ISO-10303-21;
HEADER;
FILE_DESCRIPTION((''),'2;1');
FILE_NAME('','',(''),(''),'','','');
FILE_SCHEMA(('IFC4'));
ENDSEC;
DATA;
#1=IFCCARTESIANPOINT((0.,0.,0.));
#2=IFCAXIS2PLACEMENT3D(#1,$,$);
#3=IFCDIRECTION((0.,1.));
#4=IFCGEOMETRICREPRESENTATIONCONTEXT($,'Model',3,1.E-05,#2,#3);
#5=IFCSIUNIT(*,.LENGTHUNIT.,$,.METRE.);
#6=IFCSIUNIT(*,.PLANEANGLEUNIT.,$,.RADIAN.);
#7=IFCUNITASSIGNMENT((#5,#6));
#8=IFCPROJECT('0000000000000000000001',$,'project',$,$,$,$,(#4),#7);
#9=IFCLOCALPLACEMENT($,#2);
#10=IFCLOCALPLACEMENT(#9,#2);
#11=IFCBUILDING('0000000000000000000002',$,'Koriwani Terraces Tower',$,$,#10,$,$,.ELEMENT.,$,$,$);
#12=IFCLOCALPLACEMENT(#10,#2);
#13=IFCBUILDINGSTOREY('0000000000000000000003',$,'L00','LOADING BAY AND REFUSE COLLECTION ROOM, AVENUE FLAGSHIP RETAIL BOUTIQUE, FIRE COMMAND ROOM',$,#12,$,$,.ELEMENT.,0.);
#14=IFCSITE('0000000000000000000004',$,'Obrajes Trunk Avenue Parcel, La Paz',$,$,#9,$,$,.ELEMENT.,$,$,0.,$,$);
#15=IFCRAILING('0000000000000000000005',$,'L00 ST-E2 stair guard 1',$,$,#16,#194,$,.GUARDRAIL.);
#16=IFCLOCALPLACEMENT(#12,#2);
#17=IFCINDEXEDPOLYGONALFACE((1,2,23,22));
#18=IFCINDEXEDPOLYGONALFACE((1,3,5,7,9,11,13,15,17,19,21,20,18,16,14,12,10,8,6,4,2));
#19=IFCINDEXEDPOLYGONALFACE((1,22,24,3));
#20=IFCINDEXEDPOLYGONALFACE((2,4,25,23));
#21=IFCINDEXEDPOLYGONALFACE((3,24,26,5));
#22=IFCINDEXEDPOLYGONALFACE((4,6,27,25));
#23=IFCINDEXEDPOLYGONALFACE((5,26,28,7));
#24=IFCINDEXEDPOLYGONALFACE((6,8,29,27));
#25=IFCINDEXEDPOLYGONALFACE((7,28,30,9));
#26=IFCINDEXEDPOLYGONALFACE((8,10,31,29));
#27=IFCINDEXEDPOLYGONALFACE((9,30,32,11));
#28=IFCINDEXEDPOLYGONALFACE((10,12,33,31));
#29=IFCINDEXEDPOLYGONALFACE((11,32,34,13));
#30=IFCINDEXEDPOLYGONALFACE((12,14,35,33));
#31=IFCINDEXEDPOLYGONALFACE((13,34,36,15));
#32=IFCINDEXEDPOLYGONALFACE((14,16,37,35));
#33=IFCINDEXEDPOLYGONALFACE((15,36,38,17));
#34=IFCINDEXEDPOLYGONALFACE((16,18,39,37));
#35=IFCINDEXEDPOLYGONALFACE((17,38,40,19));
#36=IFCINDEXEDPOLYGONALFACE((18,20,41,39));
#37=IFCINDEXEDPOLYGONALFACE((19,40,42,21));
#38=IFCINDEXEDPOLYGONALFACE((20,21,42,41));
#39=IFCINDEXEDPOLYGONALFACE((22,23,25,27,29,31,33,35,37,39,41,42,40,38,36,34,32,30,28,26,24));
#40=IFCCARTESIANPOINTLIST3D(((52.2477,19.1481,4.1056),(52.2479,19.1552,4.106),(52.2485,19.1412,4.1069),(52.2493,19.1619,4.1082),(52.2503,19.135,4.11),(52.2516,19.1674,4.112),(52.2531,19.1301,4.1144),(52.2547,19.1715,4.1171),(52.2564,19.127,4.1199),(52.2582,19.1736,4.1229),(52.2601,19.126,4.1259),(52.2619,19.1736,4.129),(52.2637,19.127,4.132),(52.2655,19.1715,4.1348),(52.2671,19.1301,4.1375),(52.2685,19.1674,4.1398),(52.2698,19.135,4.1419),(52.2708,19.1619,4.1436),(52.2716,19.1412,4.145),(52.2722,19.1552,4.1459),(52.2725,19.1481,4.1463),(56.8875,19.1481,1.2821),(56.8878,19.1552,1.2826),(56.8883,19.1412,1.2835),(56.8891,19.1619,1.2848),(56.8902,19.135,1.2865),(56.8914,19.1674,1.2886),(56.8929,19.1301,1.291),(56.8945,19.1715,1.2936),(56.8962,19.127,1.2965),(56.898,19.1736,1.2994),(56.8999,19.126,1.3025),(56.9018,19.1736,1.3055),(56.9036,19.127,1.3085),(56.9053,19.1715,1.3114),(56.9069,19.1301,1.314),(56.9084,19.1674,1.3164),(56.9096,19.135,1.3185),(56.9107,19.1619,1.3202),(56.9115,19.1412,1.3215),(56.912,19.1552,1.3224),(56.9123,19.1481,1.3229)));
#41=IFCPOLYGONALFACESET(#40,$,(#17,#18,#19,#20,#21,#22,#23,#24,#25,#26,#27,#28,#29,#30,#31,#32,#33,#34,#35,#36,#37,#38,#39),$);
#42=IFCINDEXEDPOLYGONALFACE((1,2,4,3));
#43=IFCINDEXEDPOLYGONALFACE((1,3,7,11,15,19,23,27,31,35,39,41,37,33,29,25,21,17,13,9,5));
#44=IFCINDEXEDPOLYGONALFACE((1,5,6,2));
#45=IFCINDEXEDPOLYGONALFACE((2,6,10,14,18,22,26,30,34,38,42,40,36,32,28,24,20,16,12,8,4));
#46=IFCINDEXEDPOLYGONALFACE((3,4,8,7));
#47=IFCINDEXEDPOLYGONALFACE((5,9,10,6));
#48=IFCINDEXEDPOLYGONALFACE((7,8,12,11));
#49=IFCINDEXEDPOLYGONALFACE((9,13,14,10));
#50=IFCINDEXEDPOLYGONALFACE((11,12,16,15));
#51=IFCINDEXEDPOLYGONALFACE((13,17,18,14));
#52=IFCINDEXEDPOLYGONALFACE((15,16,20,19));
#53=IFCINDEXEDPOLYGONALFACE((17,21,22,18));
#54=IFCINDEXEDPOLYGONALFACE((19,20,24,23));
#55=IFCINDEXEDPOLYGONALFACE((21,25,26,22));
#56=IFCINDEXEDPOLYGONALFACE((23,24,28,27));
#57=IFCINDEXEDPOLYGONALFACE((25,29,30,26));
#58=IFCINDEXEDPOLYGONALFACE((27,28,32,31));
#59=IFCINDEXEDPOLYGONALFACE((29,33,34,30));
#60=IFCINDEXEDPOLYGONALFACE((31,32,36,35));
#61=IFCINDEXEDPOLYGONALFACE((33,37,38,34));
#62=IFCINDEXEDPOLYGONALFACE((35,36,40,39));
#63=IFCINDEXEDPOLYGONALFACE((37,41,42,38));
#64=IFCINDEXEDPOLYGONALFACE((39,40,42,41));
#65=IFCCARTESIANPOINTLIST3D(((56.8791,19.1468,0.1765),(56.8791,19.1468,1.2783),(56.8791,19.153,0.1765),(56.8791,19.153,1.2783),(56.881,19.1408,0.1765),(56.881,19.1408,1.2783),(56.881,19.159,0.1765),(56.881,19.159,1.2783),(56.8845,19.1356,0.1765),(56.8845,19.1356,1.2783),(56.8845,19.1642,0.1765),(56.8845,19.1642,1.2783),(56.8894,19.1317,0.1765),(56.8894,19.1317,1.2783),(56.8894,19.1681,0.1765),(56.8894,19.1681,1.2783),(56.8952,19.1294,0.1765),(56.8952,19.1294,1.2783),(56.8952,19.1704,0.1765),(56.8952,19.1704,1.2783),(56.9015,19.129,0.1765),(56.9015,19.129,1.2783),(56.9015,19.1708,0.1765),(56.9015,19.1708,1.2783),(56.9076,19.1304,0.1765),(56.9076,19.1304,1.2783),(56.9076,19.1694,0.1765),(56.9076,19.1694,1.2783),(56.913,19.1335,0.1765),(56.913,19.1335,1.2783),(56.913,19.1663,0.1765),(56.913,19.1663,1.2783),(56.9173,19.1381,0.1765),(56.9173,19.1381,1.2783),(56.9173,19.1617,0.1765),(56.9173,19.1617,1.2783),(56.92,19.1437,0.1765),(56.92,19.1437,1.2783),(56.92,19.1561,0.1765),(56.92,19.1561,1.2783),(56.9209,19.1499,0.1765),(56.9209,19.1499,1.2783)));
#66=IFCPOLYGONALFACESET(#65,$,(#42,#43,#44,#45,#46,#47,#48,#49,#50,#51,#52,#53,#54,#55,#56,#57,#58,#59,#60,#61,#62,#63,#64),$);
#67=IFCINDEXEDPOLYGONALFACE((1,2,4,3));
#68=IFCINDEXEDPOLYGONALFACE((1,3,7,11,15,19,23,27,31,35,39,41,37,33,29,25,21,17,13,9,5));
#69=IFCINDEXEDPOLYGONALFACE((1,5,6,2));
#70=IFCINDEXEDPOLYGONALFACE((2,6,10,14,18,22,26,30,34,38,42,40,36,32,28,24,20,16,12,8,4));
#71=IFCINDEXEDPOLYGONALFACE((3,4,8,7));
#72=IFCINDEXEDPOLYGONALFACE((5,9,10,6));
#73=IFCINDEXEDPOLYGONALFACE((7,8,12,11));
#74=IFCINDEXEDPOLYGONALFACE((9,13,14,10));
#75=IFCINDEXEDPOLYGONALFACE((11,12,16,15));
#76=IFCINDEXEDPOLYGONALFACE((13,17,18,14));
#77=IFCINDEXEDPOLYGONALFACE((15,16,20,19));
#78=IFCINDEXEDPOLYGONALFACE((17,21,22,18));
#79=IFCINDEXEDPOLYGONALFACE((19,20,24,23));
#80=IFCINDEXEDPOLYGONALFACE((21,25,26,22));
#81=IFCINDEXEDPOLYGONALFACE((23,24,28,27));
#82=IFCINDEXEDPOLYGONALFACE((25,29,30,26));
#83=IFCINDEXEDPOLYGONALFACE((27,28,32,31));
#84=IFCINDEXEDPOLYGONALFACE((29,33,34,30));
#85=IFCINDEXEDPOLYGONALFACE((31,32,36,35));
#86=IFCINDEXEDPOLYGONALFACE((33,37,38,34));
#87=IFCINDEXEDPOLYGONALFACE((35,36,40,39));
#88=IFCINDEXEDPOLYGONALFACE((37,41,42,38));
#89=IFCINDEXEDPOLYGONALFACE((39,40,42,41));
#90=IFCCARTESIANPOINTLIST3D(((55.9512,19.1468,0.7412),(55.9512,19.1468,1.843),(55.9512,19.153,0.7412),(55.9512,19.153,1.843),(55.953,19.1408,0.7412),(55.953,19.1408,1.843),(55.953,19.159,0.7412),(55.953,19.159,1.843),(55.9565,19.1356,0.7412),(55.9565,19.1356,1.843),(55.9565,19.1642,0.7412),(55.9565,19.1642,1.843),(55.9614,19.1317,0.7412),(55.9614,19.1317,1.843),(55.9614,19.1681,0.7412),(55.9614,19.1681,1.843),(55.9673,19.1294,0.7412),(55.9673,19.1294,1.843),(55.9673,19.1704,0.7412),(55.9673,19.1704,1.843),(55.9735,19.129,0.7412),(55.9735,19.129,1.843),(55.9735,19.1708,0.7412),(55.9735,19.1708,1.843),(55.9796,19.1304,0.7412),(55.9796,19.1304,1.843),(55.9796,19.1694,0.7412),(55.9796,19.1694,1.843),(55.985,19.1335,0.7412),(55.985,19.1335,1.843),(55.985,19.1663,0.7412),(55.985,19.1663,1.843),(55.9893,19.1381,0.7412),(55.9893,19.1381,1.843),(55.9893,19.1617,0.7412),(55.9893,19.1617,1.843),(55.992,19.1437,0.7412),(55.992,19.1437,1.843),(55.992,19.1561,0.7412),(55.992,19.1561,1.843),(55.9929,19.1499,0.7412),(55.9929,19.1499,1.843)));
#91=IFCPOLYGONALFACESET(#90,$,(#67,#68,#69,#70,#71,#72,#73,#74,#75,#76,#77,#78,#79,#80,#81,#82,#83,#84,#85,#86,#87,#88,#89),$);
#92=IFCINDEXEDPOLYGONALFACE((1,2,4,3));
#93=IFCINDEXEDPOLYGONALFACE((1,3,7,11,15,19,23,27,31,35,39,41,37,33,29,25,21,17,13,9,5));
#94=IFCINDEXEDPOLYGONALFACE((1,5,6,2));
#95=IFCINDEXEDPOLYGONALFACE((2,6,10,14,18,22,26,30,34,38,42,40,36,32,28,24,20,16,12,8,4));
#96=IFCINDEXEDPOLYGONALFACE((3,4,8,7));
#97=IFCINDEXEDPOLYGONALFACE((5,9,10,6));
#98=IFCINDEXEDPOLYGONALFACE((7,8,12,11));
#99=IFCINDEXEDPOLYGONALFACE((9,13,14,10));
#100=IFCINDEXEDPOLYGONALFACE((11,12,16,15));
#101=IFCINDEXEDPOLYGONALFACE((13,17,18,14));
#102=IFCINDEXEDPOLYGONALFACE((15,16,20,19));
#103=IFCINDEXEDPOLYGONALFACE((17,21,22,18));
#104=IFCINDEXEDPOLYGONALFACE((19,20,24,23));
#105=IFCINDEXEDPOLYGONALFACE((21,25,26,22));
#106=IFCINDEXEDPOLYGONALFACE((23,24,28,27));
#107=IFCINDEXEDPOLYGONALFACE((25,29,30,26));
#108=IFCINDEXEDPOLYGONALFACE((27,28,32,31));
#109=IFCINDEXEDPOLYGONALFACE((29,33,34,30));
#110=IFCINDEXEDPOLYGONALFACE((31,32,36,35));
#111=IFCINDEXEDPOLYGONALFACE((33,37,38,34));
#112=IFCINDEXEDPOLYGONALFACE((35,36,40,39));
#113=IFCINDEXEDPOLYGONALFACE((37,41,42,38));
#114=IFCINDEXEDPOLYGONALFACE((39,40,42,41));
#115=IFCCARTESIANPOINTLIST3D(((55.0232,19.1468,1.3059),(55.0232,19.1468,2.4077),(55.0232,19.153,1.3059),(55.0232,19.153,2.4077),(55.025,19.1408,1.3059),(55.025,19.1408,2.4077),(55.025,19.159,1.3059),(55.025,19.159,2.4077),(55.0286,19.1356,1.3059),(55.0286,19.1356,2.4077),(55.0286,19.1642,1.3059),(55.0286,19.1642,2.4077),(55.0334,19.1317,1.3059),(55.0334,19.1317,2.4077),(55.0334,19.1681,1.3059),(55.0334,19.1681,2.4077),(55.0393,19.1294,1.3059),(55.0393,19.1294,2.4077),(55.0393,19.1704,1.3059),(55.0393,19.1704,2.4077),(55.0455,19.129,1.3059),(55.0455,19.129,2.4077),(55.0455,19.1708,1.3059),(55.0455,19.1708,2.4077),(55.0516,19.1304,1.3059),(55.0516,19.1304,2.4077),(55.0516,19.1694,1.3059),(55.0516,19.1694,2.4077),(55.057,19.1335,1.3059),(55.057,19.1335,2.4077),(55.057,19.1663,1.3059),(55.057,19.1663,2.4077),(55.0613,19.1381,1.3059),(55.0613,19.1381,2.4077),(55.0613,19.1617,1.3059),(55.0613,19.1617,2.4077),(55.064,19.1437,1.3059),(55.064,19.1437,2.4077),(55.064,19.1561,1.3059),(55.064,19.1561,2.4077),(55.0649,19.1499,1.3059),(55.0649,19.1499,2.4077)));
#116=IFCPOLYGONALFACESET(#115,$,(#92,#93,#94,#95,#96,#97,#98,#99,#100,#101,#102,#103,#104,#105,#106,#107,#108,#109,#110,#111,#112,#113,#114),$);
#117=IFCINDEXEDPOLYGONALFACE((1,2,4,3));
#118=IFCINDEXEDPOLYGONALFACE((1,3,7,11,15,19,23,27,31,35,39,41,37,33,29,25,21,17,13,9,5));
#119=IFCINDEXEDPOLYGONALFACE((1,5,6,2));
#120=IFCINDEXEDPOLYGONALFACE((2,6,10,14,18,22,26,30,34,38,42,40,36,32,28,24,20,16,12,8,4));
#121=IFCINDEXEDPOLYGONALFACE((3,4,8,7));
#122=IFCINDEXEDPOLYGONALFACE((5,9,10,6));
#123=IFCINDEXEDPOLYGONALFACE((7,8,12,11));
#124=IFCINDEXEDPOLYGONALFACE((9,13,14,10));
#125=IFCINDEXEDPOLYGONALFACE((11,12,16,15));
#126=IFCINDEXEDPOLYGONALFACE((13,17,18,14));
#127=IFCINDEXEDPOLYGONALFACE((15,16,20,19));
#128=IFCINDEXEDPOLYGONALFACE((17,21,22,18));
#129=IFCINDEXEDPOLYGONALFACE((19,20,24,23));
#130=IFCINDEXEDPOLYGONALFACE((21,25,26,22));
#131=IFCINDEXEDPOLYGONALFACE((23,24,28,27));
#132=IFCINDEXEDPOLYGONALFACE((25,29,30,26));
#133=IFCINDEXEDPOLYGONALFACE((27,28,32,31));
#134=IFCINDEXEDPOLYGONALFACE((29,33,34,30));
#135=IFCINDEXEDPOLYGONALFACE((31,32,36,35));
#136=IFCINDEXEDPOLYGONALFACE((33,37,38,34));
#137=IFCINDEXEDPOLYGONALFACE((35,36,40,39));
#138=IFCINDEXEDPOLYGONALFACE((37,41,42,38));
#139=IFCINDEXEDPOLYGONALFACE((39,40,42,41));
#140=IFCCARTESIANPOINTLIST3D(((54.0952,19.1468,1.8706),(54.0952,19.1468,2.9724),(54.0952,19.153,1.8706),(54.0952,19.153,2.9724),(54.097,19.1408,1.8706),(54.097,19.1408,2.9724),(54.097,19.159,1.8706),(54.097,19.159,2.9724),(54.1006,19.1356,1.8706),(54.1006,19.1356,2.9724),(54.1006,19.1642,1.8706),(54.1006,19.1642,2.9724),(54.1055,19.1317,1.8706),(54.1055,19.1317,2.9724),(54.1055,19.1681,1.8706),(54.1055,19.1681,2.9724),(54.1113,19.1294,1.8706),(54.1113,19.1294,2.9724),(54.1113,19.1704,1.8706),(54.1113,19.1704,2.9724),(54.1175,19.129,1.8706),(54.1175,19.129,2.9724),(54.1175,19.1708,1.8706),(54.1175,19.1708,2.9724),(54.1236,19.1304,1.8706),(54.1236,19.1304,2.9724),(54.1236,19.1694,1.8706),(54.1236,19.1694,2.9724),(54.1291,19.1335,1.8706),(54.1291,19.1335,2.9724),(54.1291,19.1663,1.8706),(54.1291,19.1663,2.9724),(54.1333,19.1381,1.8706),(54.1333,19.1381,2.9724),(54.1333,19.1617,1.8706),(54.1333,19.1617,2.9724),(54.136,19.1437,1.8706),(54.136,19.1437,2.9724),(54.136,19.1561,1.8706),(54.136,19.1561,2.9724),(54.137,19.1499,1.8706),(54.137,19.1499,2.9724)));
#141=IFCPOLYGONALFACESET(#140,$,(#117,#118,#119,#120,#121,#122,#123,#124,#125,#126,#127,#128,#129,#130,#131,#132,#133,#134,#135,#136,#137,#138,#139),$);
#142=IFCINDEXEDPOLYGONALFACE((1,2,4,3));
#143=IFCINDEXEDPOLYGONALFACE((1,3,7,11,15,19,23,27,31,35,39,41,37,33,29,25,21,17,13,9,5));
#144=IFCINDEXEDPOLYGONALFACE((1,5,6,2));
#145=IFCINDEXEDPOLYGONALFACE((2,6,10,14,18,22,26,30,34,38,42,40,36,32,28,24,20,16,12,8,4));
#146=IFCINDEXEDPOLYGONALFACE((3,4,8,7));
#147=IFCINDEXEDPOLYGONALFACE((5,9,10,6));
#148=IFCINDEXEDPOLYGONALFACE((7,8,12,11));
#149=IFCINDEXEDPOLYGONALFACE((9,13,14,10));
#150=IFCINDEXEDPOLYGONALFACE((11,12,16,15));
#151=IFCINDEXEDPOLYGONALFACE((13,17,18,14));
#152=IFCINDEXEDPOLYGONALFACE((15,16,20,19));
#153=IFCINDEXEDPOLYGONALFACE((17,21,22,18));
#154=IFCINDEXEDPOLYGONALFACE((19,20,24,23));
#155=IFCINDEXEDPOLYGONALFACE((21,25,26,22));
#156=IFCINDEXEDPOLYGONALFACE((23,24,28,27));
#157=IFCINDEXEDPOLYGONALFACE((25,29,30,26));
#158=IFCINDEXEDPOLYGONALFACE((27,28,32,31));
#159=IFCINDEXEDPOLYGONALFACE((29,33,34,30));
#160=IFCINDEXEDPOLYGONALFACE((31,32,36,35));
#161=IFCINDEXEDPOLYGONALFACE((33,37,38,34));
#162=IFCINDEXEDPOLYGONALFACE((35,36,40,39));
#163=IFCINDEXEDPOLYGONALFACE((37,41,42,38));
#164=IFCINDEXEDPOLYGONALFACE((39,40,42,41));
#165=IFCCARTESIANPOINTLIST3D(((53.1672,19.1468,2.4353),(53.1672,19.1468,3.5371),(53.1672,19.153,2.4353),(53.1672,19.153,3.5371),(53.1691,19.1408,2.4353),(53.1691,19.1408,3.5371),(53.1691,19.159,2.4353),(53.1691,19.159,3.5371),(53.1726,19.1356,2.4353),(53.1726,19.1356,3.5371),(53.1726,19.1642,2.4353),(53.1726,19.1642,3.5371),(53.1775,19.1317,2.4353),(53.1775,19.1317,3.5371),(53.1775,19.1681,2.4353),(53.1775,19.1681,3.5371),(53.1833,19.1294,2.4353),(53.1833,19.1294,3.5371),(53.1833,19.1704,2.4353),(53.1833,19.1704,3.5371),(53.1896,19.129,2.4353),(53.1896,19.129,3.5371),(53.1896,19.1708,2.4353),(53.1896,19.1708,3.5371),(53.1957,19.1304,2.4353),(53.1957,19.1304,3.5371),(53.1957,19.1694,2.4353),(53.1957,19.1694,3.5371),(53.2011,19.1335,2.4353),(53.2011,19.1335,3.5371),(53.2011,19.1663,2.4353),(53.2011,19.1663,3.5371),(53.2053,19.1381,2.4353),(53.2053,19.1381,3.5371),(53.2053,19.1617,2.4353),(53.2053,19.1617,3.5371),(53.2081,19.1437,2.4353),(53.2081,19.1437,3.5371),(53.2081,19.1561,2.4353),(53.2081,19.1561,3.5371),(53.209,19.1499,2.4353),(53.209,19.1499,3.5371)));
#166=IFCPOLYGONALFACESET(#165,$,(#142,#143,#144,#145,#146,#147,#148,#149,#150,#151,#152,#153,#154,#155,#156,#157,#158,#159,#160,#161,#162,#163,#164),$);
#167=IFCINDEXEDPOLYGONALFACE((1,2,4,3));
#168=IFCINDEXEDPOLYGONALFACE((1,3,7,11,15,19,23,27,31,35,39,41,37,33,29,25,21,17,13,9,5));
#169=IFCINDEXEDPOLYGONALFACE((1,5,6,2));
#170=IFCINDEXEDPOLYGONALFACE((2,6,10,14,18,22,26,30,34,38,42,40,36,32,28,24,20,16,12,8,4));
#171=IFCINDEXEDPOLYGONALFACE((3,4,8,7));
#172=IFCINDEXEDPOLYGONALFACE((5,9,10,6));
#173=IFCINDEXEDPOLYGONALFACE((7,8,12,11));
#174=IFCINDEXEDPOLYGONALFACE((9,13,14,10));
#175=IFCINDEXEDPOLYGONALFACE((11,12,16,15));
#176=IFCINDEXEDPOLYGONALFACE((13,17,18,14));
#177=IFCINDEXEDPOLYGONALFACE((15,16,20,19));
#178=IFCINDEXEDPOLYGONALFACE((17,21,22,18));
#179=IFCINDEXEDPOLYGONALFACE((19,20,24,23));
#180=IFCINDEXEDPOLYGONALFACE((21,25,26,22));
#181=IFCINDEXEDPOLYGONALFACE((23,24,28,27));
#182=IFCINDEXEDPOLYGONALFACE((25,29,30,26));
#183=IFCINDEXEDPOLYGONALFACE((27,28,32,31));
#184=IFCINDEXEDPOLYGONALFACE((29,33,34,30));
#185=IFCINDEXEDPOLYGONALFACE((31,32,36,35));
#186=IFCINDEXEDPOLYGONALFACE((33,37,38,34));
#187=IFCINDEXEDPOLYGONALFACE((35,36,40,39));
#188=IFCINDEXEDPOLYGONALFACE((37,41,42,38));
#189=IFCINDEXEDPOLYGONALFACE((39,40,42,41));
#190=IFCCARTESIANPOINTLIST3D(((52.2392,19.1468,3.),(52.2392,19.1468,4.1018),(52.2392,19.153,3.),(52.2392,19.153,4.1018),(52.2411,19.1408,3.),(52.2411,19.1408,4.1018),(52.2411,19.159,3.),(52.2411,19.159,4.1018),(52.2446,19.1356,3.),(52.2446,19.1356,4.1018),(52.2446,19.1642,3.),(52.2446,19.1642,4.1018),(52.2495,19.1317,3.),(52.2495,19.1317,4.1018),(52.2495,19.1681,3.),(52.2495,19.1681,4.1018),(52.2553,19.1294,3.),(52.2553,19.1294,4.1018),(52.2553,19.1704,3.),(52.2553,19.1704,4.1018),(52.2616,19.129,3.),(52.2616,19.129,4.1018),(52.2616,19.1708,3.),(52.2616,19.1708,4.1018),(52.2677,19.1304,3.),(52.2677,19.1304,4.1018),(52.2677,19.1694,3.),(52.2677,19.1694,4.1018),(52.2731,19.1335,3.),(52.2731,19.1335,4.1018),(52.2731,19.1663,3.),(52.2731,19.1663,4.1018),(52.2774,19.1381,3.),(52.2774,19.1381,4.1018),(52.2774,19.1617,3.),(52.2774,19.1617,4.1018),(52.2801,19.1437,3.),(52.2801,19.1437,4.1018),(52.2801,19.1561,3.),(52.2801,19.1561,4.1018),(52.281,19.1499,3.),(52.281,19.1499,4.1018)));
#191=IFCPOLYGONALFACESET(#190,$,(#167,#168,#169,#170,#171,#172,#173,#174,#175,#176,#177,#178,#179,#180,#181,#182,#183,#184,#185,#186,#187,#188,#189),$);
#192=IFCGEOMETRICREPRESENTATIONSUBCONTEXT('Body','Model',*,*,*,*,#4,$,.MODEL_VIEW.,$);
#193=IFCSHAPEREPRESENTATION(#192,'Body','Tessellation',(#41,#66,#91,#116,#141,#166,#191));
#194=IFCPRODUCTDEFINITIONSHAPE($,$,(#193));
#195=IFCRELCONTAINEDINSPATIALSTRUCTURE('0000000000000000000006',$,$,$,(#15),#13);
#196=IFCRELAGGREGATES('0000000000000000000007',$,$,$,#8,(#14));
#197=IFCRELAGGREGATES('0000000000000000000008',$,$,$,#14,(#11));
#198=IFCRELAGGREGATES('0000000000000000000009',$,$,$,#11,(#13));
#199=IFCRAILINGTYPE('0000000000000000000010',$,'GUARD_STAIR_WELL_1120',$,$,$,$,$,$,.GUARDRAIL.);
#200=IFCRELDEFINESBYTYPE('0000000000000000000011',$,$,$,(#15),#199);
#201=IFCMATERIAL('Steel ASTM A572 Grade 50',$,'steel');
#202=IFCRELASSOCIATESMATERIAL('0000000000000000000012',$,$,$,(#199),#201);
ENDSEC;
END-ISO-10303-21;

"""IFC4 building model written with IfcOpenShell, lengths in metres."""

from ifc_helpers import new_model, si_unit, direction, frame, origin, origin_2d, place, context, subcontext, project, spatial, circle, extrude, material, type_object, element, save


model = new_model("IFC4")

# Units and contexts
model_context = context("Model", 3, precision=1e-05, world=origin(), true_north=direction((0.0, 1.0)))
body_context = subcontext(model_context, "Body", "Model", "MODEL_VIEW")
ifc_project = project(units=[si_unit("LENGTHUNIT", "METRE"), si_unit("PLANEANGLEUNIT", "RADIAN")], contexts=[model_context])

# Site, building, storey
site_placement = place(None, origin())
site = spatial("IfcSite", under=ifc_project, at=site_placement, Name="Obrajes Trunk Avenue Parcel, La Paz", CompositionType="ELEMENT", RefElevation=0.0)
building_placement = place(site_placement, origin())
building = spatial("IfcBuilding", under=site, at=building_placement, Name="Koriwani Terraces Tower", CompositionType="ELEMENT")
storey_placement = place(building_placement, origin())
storey = spatial("IfcBuildingStorey", under=building, at=storey_placement, Name="L00", Description="LOADING BAY AND REFUSE COLLECTION ROOM, AVENUE FLAGSHIP RETAIL BOUTIQUE, FIRE COMMAND ROOM", CompositionType="ELEMENT", Elevation=0.0)

# Shared definitions
ifc_material_1 = material(Name="Steel ASTM A572 Grade 50", Category="steel")

# Railing
railing_type_1 = type_object("IfcRailingType", Name="GUARD_STAIR_WELL_1120", PredefinedType="GUARDRAIL", material=ifc_material_1)
railing_1_placement = place(storey_placement, frame((56.8999, 19.1499, 0.1765)))
element("IfcRailing", 1, at=railing_1_placement, inside=storey, type_object=railing_type_1, Name="L00 ST-E2 stair guard 1", PredefinedType="GUARDRAIL", context=body_context, shape_type="SweptSolid", body=[
    extrude(circle(Radius=0.0239, at=origin_2d()), frame((0.0, 0.0, 1.126), z_axis=(-0.854264, 0.0, 0.51984), x_axis=(0.0, -1.0, 0.0)), (0.0, 0.0, 1.0), 5.4314),
    extrude(circle(Radius=0.021, at=origin_2d()), origin(), (0.0, 0.0, 1.0), 1.1018),
    extrude(circle(Radius=0.021, at=origin_2d()), frame((-0.928, 0.0, 0.5647)), (0.0, 0.0, 1.0), 1.1018),
    extrude(circle(Radius=0.021, at=origin_2d()), frame((-1.856, 0.0, 1.1294)), (0.0, 0.0, 1.0), 1.1018),
    extrude(circle(Radius=0.021, at=origin_2d()), frame((-2.7839, 0.0, 1.6941)), (0.0, 0.0, 1.0), 1.1018),
    extrude(circle(Radius=0.021, at=origin_2d()), frame((-3.7119, 0.0, 2.2588)), (0.0, 0.0, 1.0), 1.1018),
    extrude(circle(Radius=0.021, at=origin_2d()), frame((-4.6399, 0.0, 2.8235)), (0.0, 0.0, 1.0), 1.1018),
])

save(model, "model.ifc")
